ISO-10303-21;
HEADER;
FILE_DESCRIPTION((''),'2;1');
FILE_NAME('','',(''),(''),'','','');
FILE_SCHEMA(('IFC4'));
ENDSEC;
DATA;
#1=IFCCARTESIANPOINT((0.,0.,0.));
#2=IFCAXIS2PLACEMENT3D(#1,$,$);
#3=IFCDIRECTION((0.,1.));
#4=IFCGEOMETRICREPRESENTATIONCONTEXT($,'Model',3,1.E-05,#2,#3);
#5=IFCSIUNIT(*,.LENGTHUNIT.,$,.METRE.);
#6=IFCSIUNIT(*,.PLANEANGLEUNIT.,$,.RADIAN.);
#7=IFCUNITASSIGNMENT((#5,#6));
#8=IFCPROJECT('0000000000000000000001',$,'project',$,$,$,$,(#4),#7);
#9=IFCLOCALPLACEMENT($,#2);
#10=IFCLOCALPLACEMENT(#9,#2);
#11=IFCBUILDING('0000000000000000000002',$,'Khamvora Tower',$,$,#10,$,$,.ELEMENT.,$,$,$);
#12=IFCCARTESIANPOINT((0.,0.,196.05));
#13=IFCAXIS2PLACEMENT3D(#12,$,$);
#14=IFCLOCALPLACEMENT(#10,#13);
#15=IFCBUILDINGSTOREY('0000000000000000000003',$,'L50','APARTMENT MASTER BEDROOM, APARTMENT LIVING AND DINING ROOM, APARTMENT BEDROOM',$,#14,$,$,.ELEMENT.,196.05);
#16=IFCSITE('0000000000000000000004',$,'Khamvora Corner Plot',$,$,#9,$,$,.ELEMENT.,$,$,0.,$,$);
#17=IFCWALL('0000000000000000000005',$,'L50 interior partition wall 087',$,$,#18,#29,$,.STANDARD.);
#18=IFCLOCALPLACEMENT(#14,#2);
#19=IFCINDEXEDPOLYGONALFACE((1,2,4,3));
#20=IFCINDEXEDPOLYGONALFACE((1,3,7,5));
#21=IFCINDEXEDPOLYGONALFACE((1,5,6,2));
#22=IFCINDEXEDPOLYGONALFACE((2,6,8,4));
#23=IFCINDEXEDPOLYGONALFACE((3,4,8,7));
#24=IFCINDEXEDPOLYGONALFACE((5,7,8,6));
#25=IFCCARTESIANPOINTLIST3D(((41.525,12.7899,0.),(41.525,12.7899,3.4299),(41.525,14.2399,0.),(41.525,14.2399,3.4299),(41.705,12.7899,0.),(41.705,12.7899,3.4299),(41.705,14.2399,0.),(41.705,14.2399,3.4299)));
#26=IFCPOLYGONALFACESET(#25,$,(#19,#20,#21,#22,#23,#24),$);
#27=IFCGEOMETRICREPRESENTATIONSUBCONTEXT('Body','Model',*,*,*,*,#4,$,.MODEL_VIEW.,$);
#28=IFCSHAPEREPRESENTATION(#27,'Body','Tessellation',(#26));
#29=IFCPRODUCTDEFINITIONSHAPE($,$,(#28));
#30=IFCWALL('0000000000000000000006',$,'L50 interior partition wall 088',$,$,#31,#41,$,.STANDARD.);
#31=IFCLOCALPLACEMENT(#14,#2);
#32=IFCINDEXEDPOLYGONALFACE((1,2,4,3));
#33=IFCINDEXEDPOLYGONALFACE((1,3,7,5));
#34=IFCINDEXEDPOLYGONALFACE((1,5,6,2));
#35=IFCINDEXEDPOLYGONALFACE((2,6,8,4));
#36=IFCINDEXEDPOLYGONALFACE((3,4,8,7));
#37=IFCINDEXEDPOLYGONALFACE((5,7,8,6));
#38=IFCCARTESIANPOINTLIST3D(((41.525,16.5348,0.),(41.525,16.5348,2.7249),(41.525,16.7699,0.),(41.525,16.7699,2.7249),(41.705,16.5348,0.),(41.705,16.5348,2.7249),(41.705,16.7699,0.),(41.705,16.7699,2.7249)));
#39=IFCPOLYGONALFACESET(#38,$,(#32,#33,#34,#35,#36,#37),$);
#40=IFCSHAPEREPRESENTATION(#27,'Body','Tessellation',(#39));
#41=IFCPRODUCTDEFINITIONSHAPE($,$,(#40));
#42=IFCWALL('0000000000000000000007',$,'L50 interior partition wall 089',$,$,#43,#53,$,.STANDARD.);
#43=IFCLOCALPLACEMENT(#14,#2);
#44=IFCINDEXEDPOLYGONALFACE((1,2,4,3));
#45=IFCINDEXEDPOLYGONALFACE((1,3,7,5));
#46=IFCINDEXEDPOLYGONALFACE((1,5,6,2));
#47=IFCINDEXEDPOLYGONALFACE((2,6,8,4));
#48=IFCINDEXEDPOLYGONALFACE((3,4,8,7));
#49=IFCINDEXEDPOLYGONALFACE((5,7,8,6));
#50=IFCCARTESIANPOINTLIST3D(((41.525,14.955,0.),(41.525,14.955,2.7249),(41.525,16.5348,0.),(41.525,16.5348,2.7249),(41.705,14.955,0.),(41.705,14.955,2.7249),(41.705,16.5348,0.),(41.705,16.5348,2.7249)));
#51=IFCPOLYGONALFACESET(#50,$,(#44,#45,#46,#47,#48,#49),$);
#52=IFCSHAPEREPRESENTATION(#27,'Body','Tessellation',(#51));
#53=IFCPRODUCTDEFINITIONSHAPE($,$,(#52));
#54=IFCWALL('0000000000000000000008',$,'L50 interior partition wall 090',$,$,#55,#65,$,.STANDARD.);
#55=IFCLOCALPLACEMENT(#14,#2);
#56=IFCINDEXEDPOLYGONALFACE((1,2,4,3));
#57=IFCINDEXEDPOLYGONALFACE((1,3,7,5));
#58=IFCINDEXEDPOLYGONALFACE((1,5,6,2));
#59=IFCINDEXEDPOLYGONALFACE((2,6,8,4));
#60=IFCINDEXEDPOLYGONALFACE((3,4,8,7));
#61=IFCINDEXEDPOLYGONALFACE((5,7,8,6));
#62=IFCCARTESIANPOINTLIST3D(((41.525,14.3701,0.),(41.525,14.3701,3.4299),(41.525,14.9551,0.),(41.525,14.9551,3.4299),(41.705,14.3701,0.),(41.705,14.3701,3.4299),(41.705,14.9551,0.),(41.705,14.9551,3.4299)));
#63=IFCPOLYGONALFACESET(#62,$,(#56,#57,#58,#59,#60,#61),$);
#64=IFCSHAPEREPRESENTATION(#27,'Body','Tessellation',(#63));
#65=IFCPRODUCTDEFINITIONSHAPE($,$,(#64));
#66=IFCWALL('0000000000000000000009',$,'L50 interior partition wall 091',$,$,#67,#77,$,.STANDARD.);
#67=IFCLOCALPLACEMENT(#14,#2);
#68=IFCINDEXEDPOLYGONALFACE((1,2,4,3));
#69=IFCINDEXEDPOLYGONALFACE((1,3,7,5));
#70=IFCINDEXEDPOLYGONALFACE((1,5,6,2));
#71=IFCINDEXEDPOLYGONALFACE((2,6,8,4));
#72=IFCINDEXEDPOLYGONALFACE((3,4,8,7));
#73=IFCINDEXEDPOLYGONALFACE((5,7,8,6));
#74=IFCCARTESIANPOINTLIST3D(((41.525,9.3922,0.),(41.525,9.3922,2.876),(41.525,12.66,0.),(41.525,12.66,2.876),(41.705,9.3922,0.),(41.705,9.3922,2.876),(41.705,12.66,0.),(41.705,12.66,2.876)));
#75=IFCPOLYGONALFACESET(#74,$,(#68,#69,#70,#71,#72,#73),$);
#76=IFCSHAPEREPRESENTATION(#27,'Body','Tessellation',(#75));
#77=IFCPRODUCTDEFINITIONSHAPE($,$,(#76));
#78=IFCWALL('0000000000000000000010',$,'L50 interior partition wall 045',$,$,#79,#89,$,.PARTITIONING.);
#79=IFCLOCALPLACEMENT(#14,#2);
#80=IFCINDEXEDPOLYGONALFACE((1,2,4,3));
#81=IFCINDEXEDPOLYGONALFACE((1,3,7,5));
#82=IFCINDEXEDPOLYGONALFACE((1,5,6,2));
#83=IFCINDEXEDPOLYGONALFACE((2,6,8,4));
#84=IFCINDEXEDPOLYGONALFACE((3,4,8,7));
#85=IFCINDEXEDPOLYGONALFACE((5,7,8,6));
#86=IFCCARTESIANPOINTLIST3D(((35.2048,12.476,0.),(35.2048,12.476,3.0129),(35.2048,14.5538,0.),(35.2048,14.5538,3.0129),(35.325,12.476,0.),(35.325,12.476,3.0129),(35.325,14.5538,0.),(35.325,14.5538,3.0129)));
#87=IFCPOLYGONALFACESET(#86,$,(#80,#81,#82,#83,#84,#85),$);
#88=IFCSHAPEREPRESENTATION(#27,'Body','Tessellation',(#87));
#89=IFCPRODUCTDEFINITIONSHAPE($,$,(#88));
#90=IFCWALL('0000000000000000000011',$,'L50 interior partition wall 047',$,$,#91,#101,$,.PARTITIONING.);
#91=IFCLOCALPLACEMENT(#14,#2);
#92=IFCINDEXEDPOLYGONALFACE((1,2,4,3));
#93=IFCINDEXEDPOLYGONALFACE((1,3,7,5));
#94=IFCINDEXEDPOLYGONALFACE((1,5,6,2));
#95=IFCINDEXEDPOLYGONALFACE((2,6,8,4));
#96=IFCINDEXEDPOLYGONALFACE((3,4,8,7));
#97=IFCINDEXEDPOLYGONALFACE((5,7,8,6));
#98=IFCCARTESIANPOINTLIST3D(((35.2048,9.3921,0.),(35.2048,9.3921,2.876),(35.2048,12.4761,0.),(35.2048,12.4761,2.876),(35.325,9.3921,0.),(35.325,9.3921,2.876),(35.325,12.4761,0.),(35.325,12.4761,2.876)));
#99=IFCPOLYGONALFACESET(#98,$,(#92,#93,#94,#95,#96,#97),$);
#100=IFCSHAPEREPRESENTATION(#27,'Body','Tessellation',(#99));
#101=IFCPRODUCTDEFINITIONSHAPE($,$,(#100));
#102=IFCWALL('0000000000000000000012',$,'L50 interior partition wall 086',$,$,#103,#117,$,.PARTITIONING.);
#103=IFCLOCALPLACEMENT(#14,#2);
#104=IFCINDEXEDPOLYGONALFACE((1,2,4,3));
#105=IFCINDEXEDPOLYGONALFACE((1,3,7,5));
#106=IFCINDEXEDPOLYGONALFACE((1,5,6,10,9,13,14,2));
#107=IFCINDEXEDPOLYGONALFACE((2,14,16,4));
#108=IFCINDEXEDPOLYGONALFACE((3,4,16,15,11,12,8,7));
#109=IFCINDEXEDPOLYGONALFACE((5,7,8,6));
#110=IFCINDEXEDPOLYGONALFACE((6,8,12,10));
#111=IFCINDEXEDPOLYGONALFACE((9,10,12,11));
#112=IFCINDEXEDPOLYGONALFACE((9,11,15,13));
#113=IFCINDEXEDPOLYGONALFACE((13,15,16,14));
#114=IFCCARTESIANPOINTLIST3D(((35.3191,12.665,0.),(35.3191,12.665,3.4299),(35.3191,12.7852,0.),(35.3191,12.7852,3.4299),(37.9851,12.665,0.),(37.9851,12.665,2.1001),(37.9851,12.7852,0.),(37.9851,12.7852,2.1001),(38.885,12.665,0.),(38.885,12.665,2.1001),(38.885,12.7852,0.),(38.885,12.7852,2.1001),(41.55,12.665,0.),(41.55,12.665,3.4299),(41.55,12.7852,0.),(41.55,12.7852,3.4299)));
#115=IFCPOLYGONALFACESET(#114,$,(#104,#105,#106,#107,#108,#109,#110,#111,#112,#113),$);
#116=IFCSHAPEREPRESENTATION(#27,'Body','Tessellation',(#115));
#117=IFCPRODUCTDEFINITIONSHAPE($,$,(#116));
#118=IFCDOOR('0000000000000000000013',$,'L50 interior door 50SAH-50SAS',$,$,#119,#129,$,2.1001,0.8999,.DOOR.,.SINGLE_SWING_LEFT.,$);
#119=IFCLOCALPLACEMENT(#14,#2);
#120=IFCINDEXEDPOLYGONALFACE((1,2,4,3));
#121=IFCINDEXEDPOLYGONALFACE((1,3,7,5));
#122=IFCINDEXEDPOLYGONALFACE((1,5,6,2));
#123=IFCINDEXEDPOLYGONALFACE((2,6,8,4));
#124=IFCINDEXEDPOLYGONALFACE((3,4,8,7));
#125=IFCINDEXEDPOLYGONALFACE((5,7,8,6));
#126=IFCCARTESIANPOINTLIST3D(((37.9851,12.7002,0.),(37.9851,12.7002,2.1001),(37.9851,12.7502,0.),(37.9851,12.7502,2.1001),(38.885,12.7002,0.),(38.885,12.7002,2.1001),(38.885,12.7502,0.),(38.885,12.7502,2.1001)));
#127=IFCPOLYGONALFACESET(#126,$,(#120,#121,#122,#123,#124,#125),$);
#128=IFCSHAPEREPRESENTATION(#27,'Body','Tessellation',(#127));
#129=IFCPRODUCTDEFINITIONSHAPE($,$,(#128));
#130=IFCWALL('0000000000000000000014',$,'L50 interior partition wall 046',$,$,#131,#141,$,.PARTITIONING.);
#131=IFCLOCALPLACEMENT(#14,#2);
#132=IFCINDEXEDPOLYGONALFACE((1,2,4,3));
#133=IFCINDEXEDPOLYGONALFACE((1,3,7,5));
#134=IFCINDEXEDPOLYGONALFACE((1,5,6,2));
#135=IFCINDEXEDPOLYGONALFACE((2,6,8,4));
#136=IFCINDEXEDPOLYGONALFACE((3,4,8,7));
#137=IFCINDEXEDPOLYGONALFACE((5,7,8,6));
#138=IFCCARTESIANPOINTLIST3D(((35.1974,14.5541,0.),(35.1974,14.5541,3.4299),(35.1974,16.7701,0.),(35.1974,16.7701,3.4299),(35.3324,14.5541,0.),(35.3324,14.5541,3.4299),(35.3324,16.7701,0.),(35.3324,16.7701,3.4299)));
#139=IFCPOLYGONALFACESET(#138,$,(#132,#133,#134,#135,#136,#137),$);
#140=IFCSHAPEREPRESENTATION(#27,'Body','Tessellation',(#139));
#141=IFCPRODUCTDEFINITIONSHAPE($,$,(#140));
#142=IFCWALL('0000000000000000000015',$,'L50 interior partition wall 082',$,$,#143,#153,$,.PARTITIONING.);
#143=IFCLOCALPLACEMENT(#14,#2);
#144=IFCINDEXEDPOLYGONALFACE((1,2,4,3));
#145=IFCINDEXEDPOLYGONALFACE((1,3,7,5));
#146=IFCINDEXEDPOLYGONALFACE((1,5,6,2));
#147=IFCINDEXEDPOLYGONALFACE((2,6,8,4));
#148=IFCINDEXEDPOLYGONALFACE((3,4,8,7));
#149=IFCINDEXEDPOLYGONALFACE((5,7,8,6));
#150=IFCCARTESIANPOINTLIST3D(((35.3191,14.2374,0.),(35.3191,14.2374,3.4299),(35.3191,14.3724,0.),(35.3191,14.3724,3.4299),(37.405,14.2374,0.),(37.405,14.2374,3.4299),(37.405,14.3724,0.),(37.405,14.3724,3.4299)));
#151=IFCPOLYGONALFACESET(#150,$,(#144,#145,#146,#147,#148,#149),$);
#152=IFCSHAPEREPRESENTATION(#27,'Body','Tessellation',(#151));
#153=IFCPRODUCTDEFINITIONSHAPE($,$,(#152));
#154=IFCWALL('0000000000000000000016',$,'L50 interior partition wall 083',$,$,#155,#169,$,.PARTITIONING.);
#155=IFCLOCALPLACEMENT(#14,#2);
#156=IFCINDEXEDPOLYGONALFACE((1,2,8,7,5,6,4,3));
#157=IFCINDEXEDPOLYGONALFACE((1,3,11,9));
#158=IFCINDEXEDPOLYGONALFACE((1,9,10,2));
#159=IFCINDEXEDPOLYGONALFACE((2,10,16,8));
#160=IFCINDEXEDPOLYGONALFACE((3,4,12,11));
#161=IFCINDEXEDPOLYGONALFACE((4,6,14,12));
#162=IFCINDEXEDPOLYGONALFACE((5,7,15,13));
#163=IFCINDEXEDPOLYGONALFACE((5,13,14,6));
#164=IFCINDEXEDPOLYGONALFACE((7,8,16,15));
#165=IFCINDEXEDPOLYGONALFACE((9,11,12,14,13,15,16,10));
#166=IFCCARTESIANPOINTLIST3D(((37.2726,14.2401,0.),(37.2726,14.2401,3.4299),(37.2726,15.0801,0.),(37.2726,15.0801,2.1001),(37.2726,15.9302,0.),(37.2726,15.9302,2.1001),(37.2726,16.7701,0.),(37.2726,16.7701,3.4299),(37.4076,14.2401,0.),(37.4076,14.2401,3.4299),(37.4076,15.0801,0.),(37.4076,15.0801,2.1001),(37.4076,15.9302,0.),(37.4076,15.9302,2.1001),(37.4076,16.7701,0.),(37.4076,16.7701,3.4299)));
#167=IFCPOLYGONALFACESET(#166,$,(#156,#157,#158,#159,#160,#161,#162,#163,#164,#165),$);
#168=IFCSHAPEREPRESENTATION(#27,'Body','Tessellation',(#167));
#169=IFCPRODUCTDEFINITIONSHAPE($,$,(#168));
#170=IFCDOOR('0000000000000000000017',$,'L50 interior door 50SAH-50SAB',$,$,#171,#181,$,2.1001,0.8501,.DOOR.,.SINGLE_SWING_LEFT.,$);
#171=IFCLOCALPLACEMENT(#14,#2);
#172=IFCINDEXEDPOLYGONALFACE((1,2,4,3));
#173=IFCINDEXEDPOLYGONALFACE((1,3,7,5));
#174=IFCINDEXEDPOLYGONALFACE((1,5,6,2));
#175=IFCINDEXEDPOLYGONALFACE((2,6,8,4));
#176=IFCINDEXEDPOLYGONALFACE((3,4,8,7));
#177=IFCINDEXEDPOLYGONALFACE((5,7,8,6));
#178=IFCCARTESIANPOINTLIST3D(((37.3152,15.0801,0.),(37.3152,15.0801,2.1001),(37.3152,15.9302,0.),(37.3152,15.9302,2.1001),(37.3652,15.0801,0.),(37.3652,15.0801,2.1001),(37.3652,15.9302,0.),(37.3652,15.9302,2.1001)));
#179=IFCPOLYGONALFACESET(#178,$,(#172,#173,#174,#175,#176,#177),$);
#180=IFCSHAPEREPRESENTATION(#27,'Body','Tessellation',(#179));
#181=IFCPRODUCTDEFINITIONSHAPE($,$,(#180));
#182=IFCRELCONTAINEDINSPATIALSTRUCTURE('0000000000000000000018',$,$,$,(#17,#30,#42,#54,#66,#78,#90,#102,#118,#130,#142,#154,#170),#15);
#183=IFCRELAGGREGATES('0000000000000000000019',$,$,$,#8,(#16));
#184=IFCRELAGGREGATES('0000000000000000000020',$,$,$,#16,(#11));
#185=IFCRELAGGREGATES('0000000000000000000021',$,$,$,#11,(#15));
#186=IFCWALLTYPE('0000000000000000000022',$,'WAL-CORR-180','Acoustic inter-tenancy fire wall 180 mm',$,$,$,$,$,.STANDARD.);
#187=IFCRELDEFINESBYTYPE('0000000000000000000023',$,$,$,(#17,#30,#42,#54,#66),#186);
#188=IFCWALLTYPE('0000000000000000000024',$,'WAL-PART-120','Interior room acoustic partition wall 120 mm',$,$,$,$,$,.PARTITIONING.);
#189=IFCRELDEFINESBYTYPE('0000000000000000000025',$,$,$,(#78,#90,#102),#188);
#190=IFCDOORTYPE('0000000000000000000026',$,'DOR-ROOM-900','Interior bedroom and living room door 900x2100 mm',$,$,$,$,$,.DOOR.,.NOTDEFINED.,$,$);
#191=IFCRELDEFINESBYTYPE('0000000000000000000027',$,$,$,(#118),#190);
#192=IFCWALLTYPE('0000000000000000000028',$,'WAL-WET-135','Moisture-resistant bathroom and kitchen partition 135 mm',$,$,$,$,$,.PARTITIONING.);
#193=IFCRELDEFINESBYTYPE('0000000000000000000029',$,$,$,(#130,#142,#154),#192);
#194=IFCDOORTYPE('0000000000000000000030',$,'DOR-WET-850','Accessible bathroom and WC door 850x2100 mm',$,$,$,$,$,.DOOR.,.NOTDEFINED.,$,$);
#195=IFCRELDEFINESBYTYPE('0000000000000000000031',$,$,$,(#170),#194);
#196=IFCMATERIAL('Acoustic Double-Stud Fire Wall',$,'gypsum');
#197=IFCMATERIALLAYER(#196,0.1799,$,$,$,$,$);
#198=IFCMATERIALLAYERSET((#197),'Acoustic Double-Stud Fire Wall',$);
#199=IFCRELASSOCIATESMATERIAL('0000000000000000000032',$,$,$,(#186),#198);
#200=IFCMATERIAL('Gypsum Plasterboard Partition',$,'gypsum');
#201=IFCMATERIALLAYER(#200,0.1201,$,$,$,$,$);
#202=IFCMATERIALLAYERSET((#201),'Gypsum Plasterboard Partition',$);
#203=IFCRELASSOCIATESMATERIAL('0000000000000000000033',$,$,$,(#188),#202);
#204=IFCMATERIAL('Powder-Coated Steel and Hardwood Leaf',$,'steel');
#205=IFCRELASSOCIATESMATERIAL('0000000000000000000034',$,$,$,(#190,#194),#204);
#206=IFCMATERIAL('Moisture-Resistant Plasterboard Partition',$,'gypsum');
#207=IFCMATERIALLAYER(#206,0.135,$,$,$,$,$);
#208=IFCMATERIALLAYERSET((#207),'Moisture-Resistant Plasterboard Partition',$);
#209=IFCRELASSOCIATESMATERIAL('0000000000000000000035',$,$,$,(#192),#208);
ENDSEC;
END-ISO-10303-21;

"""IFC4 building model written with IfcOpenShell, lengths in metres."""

from ifc_helpers import new_model, si_unit, direction, frame, frame_2d, origin, place, context, subcontext, project, spatial, rectangle, extrude, material, layer, layer_set, type_object, element, fill, save


model = new_model("IFC4")

# Units and contexts
model_context = context("Model", 3, precision=1e-05, world=origin(), true_north=direction((0.0, 1.0)))
body_context = subcontext(model_context, "Body", "Model", "MODEL_VIEW")
ifc_project = project(units=[si_unit("LENGTHUNIT", "METRE"), si_unit("PLANEANGLEUNIT", "RADIAN")], contexts=[model_context])

# Site, building, storey
site_placement = place(None, origin())
site = spatial("IfcSite", under=ifc_project, at=site_placement, Name="Khamvora Corner Plot", CompositionType="ELEMENT", RefElevation=0.0)
building_placement = place(site_placement, origin())
building = spatial("IfcBuilding", under=site, at=building_placement, Name="Khamvora Tower", CompositionType="ELEMENT")
storey_placement = place(building_placement, frame((0.0, 0.0, 196.05)))
storey = spatial("IfcBuildingStorey", under=building, at=storey_placement, Name="L50", Description="APARTMENT MASTER BEDROOM, APARTMENT LIVING AND DINING ROOM, APARTMENT BEDROOM", CompositionType="ELEMENT", Elevation=196.05)

# Shared definitions
ifc_material_1 = material(Name="Powder-Coated Steel and Hardwood Leaf", Category="steel")

# Walls
ifc_material_2 = material(Name="Acoustic Double-Stud Fire Wall", Category="gypsum")
ifc_layer_1 = layer(ifc_material_2, 0.1799)
ifc_layer_set_1 = layer_set([ifc_layer_1], Name="Acoustic Double-Stud Fire Wall")
wall_type_1 = type_object("IfcWallType", Name="WAL-CORR-180", Description="Acoustic inter-tenancy fire wall 180 mm", PredefinedType="STANDARD", material=ifc_layer_set_1)
wall_1_placement = place(storey_placement, frame((41.615, 14.24, 0.0), z_axis=(0.0, 0.0, 1.0), x_axis=(0.0, -1.0, 0.0)))
element("IfcWall", 1, at=wall_1_placement, inside=storey, type_object=wall_type_1, Name="L50 interior partition wall 087", PredefinedType="STANDARD", context=body_context, shape_type="SweptSolid", body=[
    extrude(rectangle(XDim=1.45, YDim=0.1799, at=frame_2d((0.7251, 0.0))), origin(), (0.0, 0.0, 1.0), 3.4299),
])
wall_2_placement = place(storey_placement, frame((41.615, 16.77, 0.0), z_axis=(0.0, 0.0, 1.0), x_axis=(0.0, -1.0, 0.0)))
element("IfcWall", 2, at=wall_2_placement, inside=storey, type_object=wall_type_1, Name="L50 interior partition wall 088", PredefinedType="STANDARD", context=body_context, shape_type="SweptSolid", body=[
    extrude(rectangle(XDim=0.2351, YDim=0.1799, at=frame_2d((0.1177, 0.0))), origin(), (0.0, 0.0, 1.0), 2.7249),
])
wall_3_placement = place(storey_placement, frame((41.615, 16.5349, 0.0), z_axis=(0.0, 0.0, 1.0), x_axis=(0.0, -1.0, 0.0)))
element("IfcWall", 3, at=wall_3_placement, inside=storey, type_object=wall_type_1, Name="L50 interior partition wall 089", PredefinedType="STANDARD", context=body_context, shape_type="SweptSolid", body=[
    extrude(rectangle(XDim=1.5798, YDim=0.1799, at=frame_2d((0.79, 0.0))), origin(), (0.0, 0.0, 1.0), 2.7249),
])
wall_4_placement = place(storey_placement, frame((41.615, 14.9551, 0.0), z_axis=(0.0, 0.0, 1.0), x_axis=(0.0, -1.0, 0.0)))
element("IfcWall", 4, at=wall_4_placement, inside=storey, type_object=wall_type_1, Name="L50 interior partition wall 090", PredefinedType="STANDARD", context=body_context, shape_type="SweptSolid", body=[
    extrude(rectangle(XDim=0.585, YDim=0.1799, at=frame_2d((0.2925, 0.0))), origin(), (0.0, 0.0, 1.0), 3.4299),
])
wall_5_placement = place(storey_placement, frame((41.615, 12.6599, 0.0), z_axis=(0.0, 0.0, 1.0), x_axis=(0.0, -1.0, 0.0)))
element("IfcWall", 5, at=wall_5_placement, inside=storey, type_object=wall_type_1, Name="L50 interior partition wall 091", PredefinedType="STANDARD", context=body_context, shape_type="SweptSolid", body=[
    extrude(rectangle(XDim=3.2678, YDim=0.1799, at=frame_2d((1.6338, 0.0))), origin(), (0.0, 0.0, 1.0), 2.876),
])
ifc_material_3 = material(Name="Gypsum Plasterboard Partition", Category="gypsum")
ifc_layer_2 = layer(ifc_material_3, 0.1201)
ifc_layer_set_2 = layer_set([ifc_layer_2], Name="Gypsum Plasterboard Partition")
wall_type_2 = type_object("IfcWallType", Name="WAL-PART-120", Description="Interior room acoustic partition wall 120 mm", PredefinedType="PARTITIONING", material=ifc_layer_set_2)
wall_6_placement = place(storey_placement, frame((35.2649, 14.554, 0.0), z_axis=(0.0, 0.0, 1.0), x_axis=(0.0, -1.0, 0.0)))
element("IfcWall", 6, at=wall_6_placement, inside=storey, type_object=wall_type_2, Name="L50 interior partition wall 045", PredefinedType="PARTITIONING", context=body_context, shape_type="SweptSolid", body=[
    extrude(rectangle(XDim=2.0779, YDim=0.1201, at=frame_2d((1.0391, 0.0))), origin(), (0.0, 0.0, 1.0), 3.0129),
])
wall_7_placement = place(storey_placement, frame((35.2649, 12.4761, 0.0), z_axis=(0.0, 0.0, 1.0), x_axis=(0.0, -1.0, 0.0)))
element("IfcWall", 7, at=wall_7_placement, inside=storey, type_object=wall_type_2, Name="L50 interior partition wall 047", PredefinedType="PARTITIONING", context=body_context, shape_type="SweptSolid", body=[
    extrude(rectangle(XDim=3.084, YDim=0.1201, at=frame_2d((1.542, 0.0))), origin(), (0.0, 0.0, 1.0), 2.876),
])

# Wall, opening, door
wall_8_placement = place(storey_placement, frame((41.55, 12.7251, 0.0), z_axis=(0.0, 0.0, 1.0), x_axis=(-1.0, 0.0, 0.0)))
wall_8 = element("IfcWall", 8, at=wall_8_placement, inside=storey, type_object=wall_type_2, Name="L50 interior partition wall 086", PredefinedType="PARTITIONING", context=body_context, shape_type="SweptSolid", body=[
    extrude(rectangle(XDim=6.231, YDim=0.1201, at=frame_2d((3.1155, 0.0))), origin(), (0.0, 0.0, 1.0), 3.4299),
])
opening_1_placement = place(wall_8_placement, frame((2.665, 0.0, 0.0)))
opening_1 = element("IfcOpeningElement", 9, at=opening_1_placement, cuts=wall_8, PredefinedType="OPENING", context=body_context, shape_type="SweptSolid", body=[
    extrude(rectangle(XDim=0.8999, YDim=2.1001, at=frame_2d((0.45, 1.05))), frame((0.0, 0.0701, 0.0), z_axis=(0.0, -1.0, 0.0), x_axis=(1.0, 0.0, 0.0)), (0.0, 0.0, 1.0), 0.1401),
])
door_type_1 = type_object("IfcDoorType", Name="DOR-ROOM-900", Description="Interior bedroom and living room door 900x2100 mm", OperationType="NOTDEFINED", PredefinedType="DOOR", material=ifc_material_1)
door_1_placement = place(opening_1_placement, origin())
door_1 = element("IfcDoor", 10, at=door_1_placement, inside=storey, type_object=door_type_1, Name="L50 interior door 50SAH-50SAS", OperationType="SINGLE_SWING_LEFT", OverallHeight=2.1001, OverallWidth=0.8999, PredefinedType="DOOR", context=body_context, shape_type="SweptSolid", body=[
    extrude(rectangle(XDim=0.8999, YDim=2.1001, at=frame_2d((0.45, 1.05))), frame((0.0, 0.0249, 0.0), z_axis=(0.0, -1.0, 0.0), x_axis=(1.0, 0.0, 0.0)), (0.0, 0.0, 1.0), 0.05),
])
fill(opening_1, door_1)

# Walls
ifc_material_4 = material(Name="Moisture-Resistant Plasterboard Partition", Category="gypsum")
ifc_layer_3 = layer(ifc_material_4, 0.135)
ifc_layer_set_3 = layer_set([ifc_layer_3], Name="Moisture-Resistant Plasterboard Partition")
wall_type_3 = type_object("IfcWallType", Name="WAL-WET-135", Description="Moisture-resistant bathroom and kitchen partition 135 mm", PredefinedType="PARTITIONING", material=ifc_layer_set_3)
wall_9_placement = place(storey_placement, frame((35.2649, 16.77, 0.0), z_axis=(0.0, 0.0, 1.0), x_axis=(0.0, -1.0, 0.0)))
element("IfcWall", 11, at=wall_9_placement, inside=storey, type_object=wall_type_3, Name="L50 interior partition wall 046", PredefinedType="PARTITIONING", context=body_context, shape_type="SweptSolid", body=[
    extrude(rectangle(XDim=2.2161, YDim=0.135, at=frame_2d((1.1079, 0.0))), origin(), (0.0, 0.0, 1.0), 3.4299),
])
wall_10_placement = place(storey_placement, frame((35.3191, 14.3049, 0.0), z_axis=(0.0, 0.0, 1.0), x_axis=(1.0, 0.0, 0.0)))
element("IfcWall", 12, at=wall_10_placement, inside=storey, type_object=wall_type_3, Name="L50 interior partition wall 082", PredefinedType="PARTITIONING", context=body_context, shape_type="SweptSolid", body=[
    extrude(rectangle(XDim=2.0859, YDim=0.135, at=frame_2d((1.043, 0.0))), origin(), (0.0, 0.0, 1.0), 3.4299),
])

# Wall, opening, door
wall_11_placement = place(storey_placement, frame((37.3401, 14.24, 0.0), z_axis=(0.0, 0.0, 1.0), x_axis=(0.0, 1.0, 0.0)))
wall_11 = element("IfcWall", 13, at=wall_11_placement, inside=storey, type_object=wall_type_3, Name="L50 interior partition wall 083", PredefinedType="PARTITIONING", context=body_context, shape_type="SweptSolid", body=[
    extrude(rectangle(XDim=2.53, YDim=0.135, at=frame_2d((1.2651, 0.0))), origin(), (0.0, 0.0, 1.0), 3.4299),
])
opening_2_placement = place(wall_11_placement, frame((0.8401, 0.0, 0.0)))
opening_2 = element("IfcOpeningElement", 14, at=opening_2_placement, cuts=wall_11, PredefinedType="OPENING", context=body_context, shape_type="SweptSolid", body=[
    extrude(rectangle(XDim=0.8501, YDim=2.1001, at=frame_2d((0.425, 1.05))), frame((0.0, 0.0774, 0.0), z_axis=(0.0, -1.0, 0.0), x_axis=(1.0, 0.0, 0.0)), (0.0, 0.0, 1.0), 0.155),
])
door_type_2 = type_object("IfcDoorType", Name="DOR-WET-850", Description="Accessible bathroom and WC door 850x2100 mm", OperationType="NOTDEFINED", PredefinedType="DOOR", material=ifc_material_1)
door_2_placement = place(opening_2_placement, origin())
door_2 = element("IfcDoor", 15, at=door_2_placement, inside=storey, type_object=door_type_2, Name="L50 interior door 50SAH-50SAB", OperationType="SINGLE_SWING_LEFT", OverallHeight=2.1001, OverallWidth=0.8501, PredefinedType="DOOR", context=body_context, shape_type="SweptSolid", body=[
    extrude(rectangle(XDim=0.8501, YDim=2.1001, at=frame_2d((0.425, 1.05))), frame((0.0, 0.0249, 0.0), z_axis=(0.0, -1.0, 0.0), x_axis=(1.0, 0.0, 0.0)), (0.0, 0.0, 1.0), 0.05),
])
fill(opening_2, door_2)

save(model, "model.ifc")
